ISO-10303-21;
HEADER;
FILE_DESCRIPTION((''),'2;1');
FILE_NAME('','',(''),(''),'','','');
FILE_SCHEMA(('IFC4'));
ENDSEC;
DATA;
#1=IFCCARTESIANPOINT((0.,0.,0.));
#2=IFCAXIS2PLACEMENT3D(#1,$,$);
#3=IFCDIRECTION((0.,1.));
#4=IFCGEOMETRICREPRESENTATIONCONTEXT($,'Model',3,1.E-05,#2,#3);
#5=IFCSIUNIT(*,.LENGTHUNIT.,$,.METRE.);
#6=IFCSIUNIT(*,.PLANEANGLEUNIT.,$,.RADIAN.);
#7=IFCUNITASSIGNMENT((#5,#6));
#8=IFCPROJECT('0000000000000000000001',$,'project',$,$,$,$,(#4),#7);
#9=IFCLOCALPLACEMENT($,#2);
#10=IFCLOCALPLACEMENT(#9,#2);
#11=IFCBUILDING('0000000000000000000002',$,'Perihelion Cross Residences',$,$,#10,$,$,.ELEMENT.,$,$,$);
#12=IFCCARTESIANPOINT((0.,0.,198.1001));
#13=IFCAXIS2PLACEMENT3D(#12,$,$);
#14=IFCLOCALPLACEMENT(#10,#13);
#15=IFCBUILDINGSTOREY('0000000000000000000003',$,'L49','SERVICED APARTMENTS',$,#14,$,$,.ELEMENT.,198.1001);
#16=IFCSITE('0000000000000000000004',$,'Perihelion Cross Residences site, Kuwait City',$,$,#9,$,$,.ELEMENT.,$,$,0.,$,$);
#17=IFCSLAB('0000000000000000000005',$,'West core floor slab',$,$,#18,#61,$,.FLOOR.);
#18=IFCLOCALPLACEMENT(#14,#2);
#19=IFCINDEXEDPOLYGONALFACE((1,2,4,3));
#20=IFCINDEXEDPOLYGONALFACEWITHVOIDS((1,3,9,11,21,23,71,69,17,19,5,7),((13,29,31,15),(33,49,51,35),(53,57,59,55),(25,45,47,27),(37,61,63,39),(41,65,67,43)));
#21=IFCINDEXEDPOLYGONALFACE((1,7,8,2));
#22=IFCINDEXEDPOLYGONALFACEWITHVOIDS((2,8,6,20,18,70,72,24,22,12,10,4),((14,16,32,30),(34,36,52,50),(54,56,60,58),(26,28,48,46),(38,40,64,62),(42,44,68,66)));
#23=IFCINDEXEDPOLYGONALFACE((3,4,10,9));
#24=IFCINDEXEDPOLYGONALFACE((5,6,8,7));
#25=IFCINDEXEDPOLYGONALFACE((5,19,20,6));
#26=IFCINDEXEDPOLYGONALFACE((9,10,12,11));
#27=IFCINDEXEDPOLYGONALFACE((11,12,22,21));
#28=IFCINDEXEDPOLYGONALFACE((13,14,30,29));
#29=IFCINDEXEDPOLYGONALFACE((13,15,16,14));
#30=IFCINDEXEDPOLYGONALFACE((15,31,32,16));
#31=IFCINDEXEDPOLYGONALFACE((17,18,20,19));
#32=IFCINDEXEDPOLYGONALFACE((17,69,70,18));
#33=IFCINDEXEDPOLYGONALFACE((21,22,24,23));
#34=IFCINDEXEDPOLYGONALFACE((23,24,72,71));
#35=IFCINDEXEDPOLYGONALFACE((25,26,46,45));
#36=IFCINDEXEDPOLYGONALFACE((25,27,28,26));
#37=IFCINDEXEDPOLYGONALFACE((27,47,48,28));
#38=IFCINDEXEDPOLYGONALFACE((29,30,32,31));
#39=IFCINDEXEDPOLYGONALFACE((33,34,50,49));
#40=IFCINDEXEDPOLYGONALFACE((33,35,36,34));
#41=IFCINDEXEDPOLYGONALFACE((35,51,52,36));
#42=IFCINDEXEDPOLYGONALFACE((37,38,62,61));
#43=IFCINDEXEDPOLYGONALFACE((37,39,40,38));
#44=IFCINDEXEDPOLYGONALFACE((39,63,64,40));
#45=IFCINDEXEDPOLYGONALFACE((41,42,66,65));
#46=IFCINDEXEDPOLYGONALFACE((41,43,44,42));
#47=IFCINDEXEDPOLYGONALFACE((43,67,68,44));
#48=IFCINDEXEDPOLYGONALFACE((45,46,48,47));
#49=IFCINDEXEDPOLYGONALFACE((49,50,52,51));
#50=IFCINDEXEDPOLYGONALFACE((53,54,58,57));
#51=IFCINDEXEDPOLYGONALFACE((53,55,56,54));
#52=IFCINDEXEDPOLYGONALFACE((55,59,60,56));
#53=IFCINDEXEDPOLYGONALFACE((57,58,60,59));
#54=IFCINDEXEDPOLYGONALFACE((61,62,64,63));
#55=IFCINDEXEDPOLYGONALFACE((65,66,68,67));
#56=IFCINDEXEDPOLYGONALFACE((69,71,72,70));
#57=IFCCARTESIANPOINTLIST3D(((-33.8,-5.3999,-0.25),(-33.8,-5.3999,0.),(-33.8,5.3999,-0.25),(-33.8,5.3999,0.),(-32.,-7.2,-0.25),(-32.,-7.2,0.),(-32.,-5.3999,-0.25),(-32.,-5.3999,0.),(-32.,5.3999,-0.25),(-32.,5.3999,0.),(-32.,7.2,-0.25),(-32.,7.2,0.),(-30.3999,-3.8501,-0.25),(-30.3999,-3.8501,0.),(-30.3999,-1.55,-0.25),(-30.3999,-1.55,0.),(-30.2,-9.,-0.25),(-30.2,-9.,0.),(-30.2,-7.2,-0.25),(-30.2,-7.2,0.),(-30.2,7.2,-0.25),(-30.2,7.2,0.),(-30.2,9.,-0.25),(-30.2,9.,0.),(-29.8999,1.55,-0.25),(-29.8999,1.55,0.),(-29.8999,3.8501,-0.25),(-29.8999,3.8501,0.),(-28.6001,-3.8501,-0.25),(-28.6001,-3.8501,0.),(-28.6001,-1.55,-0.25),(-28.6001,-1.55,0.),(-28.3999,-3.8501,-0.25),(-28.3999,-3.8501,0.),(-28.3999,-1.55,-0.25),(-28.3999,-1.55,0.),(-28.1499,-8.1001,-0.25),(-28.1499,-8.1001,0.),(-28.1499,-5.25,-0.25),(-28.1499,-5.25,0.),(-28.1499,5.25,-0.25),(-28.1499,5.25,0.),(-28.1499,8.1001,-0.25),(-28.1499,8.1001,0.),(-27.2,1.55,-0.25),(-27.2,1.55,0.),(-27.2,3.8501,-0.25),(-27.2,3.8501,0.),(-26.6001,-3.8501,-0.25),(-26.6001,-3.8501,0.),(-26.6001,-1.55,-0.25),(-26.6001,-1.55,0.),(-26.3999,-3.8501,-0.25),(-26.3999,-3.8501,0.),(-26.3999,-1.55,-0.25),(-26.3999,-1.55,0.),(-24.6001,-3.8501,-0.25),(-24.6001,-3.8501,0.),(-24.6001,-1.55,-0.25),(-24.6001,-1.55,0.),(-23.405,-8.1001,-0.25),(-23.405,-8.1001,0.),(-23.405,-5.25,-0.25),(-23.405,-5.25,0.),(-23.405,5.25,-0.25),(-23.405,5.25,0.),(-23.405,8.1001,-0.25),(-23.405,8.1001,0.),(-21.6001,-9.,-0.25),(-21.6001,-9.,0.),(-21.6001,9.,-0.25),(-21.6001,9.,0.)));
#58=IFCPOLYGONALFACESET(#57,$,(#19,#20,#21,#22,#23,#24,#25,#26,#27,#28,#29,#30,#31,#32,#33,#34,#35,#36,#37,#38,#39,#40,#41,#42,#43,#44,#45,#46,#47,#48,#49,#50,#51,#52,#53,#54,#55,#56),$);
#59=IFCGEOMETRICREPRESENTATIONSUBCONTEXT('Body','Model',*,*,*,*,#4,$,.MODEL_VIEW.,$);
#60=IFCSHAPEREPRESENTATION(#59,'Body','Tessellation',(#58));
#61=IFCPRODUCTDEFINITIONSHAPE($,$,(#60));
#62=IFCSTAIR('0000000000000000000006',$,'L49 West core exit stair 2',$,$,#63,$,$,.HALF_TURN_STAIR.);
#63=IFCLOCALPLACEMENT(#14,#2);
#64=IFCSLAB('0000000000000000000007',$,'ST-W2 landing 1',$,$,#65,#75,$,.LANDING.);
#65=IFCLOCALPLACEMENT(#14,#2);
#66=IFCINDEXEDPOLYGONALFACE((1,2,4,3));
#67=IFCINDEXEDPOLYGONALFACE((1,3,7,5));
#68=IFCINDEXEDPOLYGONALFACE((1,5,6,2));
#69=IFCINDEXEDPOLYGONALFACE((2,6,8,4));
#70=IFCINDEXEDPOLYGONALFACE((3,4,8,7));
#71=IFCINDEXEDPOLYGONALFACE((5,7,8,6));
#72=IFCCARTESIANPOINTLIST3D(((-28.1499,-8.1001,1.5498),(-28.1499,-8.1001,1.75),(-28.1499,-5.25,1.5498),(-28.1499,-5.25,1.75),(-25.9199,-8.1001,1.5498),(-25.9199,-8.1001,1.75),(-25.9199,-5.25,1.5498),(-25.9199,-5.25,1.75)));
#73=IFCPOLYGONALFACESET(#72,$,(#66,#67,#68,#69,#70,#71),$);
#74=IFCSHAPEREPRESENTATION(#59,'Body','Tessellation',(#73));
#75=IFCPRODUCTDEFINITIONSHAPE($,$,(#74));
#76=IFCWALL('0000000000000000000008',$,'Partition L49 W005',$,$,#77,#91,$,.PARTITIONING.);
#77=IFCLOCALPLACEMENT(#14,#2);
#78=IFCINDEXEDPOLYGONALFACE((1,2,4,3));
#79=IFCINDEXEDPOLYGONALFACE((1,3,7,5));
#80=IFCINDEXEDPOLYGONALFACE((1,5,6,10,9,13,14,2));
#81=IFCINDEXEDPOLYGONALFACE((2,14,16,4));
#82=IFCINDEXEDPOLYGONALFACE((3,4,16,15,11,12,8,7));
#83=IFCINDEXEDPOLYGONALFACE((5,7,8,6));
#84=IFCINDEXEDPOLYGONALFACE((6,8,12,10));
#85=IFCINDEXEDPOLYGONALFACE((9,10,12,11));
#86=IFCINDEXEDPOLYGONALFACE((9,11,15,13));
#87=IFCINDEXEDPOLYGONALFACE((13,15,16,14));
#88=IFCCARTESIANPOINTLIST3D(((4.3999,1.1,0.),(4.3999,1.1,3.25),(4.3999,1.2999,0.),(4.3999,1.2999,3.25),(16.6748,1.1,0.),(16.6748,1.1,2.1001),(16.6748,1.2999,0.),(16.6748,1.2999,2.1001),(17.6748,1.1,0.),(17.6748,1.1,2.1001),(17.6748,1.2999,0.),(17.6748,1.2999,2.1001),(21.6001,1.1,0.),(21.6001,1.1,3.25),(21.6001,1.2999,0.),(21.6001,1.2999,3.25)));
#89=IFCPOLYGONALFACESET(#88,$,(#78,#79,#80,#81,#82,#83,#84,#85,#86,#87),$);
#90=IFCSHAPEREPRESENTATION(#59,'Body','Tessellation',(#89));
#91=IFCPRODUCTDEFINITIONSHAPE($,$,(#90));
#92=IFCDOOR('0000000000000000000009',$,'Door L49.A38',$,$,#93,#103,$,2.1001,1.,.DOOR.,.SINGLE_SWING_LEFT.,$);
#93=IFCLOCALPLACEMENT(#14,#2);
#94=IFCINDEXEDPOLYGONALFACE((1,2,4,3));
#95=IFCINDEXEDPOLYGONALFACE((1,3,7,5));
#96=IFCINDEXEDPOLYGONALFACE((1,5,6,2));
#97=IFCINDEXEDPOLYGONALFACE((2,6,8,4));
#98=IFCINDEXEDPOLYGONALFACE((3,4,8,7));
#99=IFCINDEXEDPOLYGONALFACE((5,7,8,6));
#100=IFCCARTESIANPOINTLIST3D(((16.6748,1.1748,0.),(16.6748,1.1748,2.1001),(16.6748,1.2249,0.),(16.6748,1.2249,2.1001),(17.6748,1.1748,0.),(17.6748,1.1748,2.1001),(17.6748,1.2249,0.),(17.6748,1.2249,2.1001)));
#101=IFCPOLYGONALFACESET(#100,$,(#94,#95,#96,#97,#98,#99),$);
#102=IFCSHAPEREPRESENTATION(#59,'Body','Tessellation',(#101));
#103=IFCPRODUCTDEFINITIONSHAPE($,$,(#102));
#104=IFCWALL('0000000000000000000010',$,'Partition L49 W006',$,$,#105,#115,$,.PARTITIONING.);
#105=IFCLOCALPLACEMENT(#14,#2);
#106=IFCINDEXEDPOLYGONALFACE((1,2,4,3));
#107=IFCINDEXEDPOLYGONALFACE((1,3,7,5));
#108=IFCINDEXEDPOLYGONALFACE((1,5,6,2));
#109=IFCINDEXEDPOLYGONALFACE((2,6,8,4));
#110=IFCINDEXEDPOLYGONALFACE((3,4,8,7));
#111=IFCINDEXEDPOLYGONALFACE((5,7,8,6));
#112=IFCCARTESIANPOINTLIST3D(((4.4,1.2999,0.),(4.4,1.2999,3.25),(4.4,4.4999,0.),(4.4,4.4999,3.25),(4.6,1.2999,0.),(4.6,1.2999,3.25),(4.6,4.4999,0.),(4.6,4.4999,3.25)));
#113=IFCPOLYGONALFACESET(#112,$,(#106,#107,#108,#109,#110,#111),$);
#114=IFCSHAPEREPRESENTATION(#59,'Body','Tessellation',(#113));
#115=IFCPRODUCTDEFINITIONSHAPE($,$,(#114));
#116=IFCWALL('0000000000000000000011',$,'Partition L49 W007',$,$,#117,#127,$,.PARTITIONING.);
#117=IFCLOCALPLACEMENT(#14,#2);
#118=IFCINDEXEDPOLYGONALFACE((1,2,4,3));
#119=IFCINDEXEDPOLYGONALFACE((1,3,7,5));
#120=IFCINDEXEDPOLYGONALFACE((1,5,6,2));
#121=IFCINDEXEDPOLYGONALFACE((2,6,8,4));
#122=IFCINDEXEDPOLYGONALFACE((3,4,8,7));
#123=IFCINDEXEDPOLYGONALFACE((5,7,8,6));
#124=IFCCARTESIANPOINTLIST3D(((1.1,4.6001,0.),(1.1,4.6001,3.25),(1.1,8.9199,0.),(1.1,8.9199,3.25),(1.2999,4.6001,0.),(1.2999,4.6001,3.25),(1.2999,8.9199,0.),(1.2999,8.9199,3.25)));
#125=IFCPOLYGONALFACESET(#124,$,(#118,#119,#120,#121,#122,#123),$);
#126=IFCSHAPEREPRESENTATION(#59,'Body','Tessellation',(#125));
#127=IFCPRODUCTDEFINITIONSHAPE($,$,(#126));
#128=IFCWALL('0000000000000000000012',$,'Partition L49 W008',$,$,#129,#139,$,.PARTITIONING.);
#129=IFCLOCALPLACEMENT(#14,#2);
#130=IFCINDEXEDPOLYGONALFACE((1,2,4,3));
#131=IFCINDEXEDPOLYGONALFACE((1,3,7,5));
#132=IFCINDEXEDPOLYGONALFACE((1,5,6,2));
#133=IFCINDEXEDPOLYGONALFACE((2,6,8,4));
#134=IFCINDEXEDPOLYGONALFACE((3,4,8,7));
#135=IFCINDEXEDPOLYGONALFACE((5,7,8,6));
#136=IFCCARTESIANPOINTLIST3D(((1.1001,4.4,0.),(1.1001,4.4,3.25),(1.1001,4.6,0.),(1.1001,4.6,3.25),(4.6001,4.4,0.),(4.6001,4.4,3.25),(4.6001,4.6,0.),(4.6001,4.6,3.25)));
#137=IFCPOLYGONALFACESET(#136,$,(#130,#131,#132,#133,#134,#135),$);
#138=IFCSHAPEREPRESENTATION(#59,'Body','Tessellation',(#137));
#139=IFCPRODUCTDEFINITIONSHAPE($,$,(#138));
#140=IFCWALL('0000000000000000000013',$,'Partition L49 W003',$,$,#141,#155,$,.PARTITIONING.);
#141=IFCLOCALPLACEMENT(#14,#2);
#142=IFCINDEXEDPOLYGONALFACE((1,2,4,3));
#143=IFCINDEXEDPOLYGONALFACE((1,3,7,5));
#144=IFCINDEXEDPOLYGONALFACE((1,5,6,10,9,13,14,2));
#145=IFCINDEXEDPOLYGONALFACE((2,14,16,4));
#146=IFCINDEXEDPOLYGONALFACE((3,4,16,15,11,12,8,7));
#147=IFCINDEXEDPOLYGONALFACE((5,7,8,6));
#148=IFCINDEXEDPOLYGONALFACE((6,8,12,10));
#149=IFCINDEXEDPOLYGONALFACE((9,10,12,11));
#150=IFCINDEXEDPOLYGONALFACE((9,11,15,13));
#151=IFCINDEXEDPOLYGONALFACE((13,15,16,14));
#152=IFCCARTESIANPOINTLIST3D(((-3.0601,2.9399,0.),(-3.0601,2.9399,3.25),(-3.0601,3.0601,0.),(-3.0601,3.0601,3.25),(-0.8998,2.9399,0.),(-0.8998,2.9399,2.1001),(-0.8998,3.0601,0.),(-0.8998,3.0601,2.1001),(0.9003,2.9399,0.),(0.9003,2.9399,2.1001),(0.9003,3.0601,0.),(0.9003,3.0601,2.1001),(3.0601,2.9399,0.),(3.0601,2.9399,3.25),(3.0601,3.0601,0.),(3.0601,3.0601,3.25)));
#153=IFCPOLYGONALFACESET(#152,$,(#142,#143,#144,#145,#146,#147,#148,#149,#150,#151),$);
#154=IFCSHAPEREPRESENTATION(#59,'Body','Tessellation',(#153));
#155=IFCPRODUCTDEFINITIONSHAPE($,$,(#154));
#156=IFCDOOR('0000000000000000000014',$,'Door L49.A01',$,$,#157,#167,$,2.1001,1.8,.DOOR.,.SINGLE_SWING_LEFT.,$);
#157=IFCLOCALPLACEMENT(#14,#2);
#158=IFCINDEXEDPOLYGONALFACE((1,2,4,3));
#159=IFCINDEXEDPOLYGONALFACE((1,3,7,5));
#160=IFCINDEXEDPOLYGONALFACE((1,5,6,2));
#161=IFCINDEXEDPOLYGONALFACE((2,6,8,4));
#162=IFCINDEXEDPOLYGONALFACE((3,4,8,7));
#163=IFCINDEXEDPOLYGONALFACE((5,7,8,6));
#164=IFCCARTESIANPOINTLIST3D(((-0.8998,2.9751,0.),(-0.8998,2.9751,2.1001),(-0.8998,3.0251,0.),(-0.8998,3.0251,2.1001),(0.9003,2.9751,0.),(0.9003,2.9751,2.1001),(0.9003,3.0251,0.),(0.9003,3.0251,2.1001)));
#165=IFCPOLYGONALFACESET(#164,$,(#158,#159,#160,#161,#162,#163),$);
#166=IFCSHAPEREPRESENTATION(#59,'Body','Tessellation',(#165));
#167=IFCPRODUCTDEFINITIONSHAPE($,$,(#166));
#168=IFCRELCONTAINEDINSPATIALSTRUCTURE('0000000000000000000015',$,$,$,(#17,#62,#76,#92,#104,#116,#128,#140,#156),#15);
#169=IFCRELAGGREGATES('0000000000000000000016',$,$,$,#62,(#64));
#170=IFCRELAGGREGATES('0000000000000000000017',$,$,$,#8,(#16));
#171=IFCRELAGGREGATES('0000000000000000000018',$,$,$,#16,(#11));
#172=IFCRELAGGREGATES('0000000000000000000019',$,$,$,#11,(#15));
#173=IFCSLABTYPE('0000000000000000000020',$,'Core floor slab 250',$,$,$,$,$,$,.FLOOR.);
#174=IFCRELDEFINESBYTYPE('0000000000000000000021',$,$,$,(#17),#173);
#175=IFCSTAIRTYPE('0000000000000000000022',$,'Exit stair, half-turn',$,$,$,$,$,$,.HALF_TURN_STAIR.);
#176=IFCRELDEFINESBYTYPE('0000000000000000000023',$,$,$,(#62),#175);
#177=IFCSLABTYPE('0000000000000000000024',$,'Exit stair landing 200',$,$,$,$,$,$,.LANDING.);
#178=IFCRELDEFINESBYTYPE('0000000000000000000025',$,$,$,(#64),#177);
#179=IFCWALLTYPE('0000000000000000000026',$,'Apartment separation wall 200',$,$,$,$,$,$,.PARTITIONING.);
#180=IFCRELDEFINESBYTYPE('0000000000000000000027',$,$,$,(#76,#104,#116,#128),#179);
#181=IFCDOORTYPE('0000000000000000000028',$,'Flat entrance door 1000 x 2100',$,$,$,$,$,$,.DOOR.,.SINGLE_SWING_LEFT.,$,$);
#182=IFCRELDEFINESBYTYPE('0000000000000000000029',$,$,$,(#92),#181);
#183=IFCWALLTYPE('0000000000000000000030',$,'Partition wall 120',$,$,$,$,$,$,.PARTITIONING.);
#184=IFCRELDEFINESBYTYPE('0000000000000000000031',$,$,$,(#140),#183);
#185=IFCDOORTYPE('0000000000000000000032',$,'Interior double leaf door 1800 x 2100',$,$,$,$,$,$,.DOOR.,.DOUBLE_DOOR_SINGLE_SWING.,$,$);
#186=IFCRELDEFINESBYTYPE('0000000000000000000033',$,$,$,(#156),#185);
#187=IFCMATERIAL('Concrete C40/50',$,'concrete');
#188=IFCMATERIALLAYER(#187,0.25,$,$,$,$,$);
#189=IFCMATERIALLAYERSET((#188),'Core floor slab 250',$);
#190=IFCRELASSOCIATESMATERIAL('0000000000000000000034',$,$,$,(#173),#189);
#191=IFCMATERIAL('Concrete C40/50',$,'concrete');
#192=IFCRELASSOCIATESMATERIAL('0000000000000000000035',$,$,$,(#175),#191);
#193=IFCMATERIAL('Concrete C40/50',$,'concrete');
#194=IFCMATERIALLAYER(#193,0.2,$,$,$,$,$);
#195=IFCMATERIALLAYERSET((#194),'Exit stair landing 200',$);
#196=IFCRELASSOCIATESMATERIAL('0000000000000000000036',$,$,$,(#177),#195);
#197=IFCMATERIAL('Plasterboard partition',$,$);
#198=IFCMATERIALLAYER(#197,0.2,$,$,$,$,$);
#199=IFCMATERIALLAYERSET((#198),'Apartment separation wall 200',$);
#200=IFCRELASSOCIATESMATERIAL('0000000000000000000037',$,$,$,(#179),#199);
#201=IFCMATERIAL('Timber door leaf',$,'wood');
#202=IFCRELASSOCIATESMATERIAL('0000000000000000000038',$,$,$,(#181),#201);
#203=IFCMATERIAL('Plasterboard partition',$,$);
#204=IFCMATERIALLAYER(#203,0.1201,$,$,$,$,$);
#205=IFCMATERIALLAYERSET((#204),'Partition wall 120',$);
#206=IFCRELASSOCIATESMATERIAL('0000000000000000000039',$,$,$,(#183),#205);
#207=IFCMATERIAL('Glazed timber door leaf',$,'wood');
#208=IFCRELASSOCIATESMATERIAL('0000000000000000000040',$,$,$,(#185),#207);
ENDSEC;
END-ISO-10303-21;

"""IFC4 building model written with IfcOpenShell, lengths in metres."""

from ifc_helpers import new_model, si_unit, direction, frame, frame_2d, origin, place, context, subcontext, project, spatial, polyline, rectangle, outline, extrude, material, layer, layer_set, type_object, element, fill, aggregate, save


model = new_model("IFC4")

# Units and contexts
model_context = context("Model", 3, precision=1e-05, world=origin(), true_north=direction((0.0, 1.0)))
body_context = subcontext(model_context, "Body", "Model", "MODEL_VIEW")
ifc_project = project(units=[si_unit("LENGTHUNIT", "METRE"), si_unit("PLANEANGLEUNIT", "RADIAN")], contexts=[model_context])

# Site, building, storey
site_placement = place(None, origin())
site = spatial("IfcSite", under=ifc_project, at=site_placement, Name="Perihelion Cross Residences site, Kuwait City", CompositionType="ELEMENT", RefElevation=0.0)
building_placement = place(site_placement, origin())
building = spatial("IfcBuilding", under=site, at=building_placement, Name="Perihelion Cross Residences", CompositionType="ELEMENT")
storey_placement = place(building_placement, frame((0.0, 0.0, 198.1001)))
storey = spatial("IfcBuildingStorey", under=building, at=storey_placement, Name="L49", Description="SERVICED APARTMENTS", CompositionType="ELEMENT", Elevation=198.1001)

# Slab
ifc_material_1 = material(Name="Concrete C40/50", Category="concrete")
ifc_layer_1 = layer(ifc_material_1, 0.25)
ifc_layer_set_1 = layer_set([ifc_layer_1], Name="Core floor slab 250")
slab_type_1 = type_object("IfcSlabType", Name="Core floor slab 250", PredefinedType="FLOOR", material=ifc_layer_set_1)
slab_1_placement = place(storey_placement, frame((0.0, 0.0, -0.25)))
element("IfcSlab", 1, at=slab_1_placement, inside=storey, type_object=slab_type_1, Name="West core floor slab", PredefinedType="FLOOR", context=body_context, shape_type="SweptSolid", body=[
    extrude(outline(polyline([(-30.2, 7.2), (-32.0, 7.2), (-32.0, 5.3999), (-33.8, 5.3999), (-33.8, -5.3999), (-32.0, -5.3999), (-32.0, -7.2), (-30.2, -7.2), (-30.2, -9.0), (-21.6001, -9.0), (-21.6001, 9.0), (-30.2, 9.0), (-30.2, 7.2)]), holes=[polyline([(-28.1499, -8.1001), (-28.1499, -5.25), (-23.405, -5.25), (-23.405, -8.1001), (-28.1499, -8.1001)]), polyline([(-24.6001, -1.55), (-24.6001, -3.8501), (-26.3999, -3.8501), (-26.3999, -1.55), (-24.6001, -1.55)]), polyline([(-26.6001, -1.55), (-26.6001, -3.8501), (-28.3999, -3.8501), (-28.3999, -1.55), (-26.6001, -1.55)]), polyline([(-28.6001, -3.8501), (-30.3999, -3.8501), (-30.3999, -1.55), (-28.6001, -1.55), (-28.6001, -3.8501)]), polyline([(-27.2, 3.8501), (-27.2, 1.55), (-29.8999, 1.55), (-29.8999, 3.8501), (-27.2, 3.8501)]), polyline([(-23.405, 5.25), (-28.1499, 5.25), (-28.1499, 8.1001), (-23.405, 8.1001), (-23.405, 5.25)])]), origin(), (0.0, 0.0, 1.0), 0.25),
])

# Stair, slab
ifc_material_2 = material(Name="Concrete C40/50", Category="concrete")
stair_type = type_object("IfcStairType", Name="Exit stair, half-turn", PredefinedType="HALF_TURN_STAIR", material=ifc_material_2)
stair_placement = place(storey_placement, origin())
stair = element("IfcStair", 2, at=stair_placement, inside=storey, type_object=stair_type, Name="L49 West core exit stair 2", PredefinedType="HALF_TURN_STAIR")
ifc_material_3 = material(Name="Concrete C40/50", Category="concrete")
ifc_layer_2 = layer(ifc_material_3, 0.2)
ifc_layer_set_2 = layer_set([ifc_layer_2], Name="Exit stair landing 200")
slab_type_2 = type_object("IfcSlabType", Name="Exit stair landing 200", PredefinedType="LANDING", material=ifc_layer_set_2)
slab_2_placement = place(storey_placement, frame((0.0, 0.0, 1.5498)))
slab_2 = element("IfcSlab", 3, at=slab_2_placement, type_object=slab_type_2, Name="ST-W2 landing 1", PredefinedType="LANDING", context=body_context, shape_type="SweptSolid", body=[
    extrude(outline(polyline([(-25.9199, -5.25), (-28.1499, -5.25), (-28.1499, -8.1001), (-25.9199, -8.1001), (-25.9199, -5.25)])), origin(), (0.0, 0.0, 1.0), 0.2002),
])
aggregate(stair, [slab_2])

# Wall, opening, door
ifc_material_4 = material(Name="Plasterboard partition")
ifc_layer_3 = layer(ifc_material_4, 0.2)
ifc_layer_set_3 = layer_set([ifc_layer_3], Name="Apartment separation wall 200")
wall_type_1 = type_object("IfcWallType", Name="Apartment separation wall 200", PredefinedType="PARTITIONING", material=ifc_layer_set_3)
wall_1_placement = place(storey_placement, frame((4.3999, 1.2, 0.0), z_axis=(0.0, 0.0, 1.0), x_axis=(1.0, 0.0, 0.0)))
wall_1 = element("IfcWall", 4, at=wall_1_placement, inside=storey, type_object=wall_type_1, Name="Partition L49 W005", PredefinedType="PARTITIONING", context=body_context, shape_type="SweptSolid", body=[
    extrude(rectangle(XDim=17.2002, YDim=0.2, at=frame_2d((8.6001, 0.0))), origin(), (0.0, 0.0, 1.0), 3.25),
])
opening_1_placement = place(wall_1_placement, frame((12.2749, 0.0, 0.0)))
opening_1 = element("IfcOpeningElement", 5, at=opening_1_placement, cuts=wall_1, PredefinedType="OPENING", context=body_context, shape_type="SweptSolid", body=[
    extrude(rectangle(XDim=1.0, YDim=2.1001, at=frame_2d((0.5, 1.05))), frame((0.0, 0.1099, 0.0), z_axis=(0.0, -1.0, 0.0), x_axis=(1.0, 0.0, 0.0)), (0.0, 0.0, 1.0), 0.22),
])
ifc_material_5 = material(Name="Timber door leaf", Category="wood")
door_type_1 = type_object("IfcDoorType", Name="Flat entrance door 1000 x 2100", OperationType="SINGLE_SWING_LEFT", PredefinedType="DOOR", material=ifc_material_5)
door_1_placement = place(opening_1_placement, origin())
door_1 = element("IfcDoor", 6, at=door_1_placement, inside=storey, type_object=door_type_1, Name="Door L49.A38", OperationType="SINGLE_SWING_LEFT", OverallHeight=2.1001, OverallWidth=1.0, PredefinedType="DOOR", context=body_context, shape_type="SweptSolid", body=[
    extrude(rectangle(XDim=1.0, YDim=2.1001, at=frame_2d((0.5, 1.05))), frame((0.0, 0.0249, 0.0), z_axis=(0.0, -1.0, 0.0), x_axis=(1.0, 0.0, 0.0)), (0.0, 0.0, 1.0), 0.05),
])
fill(opening_1, door_1)

# Walls
wall_2_placement = place(storey_placement, frame((4.5, 4.5, 0.0), z_axis=(0.0, 0.0, 1.0), x_axis=(0.0, -1.0, 0.0)))
element("IfcWall", 7, at=wall_2_placement, inside=storey, type_object=wall_type_1, Name="Partition L49 W006", PredefinedType="PARTITIONING", context=body_context, shape_type="SweptSolid", body=[
    extrude(rectangle(XDim=3.2, YDim=0.2, at=frame_2d((1.6001, 0.0))), origin(), (0.0, 0.0, 1.0), 3.25),
])
wall_3_placement = place(storey_placement, frame((1.2, 8.9199, 0.0), z_axis=(0.0, 0.0, 1.0), x_axis=(0.0, -1.0, 0.0)))
element("IfcWall", 8, at=wall_3_placement, inside=storey, type_object=wall_type_1, Name="Partition L49 W007", PredefinedType="PARTITIONING", context=body_context, shape_type="SweptSolid", body=[
    extrude(rectangle(XDim=4.3198, YDim=0.2, at=frame_2d((2.1599, 0.0))), origin(), (0.0, 0.0, 1.0), 3.25),
])
wall_4_placement = place(storey_placement, frame((1.1001, 4.5, 0.0), z_axis=(0.0, 0.0, 1.0), x_axis=(1.0, 0.0, 0.0)))
element("IfcWall", 9, at=wall_4_placement, inside=storey, type_object=wall_type_1, Name="Partition L49 W008", PredefinedType="PARTITIONING", context=body_context, shape_type="SweptSolid", body=[
    extrude(rectangle(XDim=3.5, YDim=0.2, at=frame_2d((1.75, 0.0))), origin(), (0.0, 0.0, 1.0), 3.25),
])

# Wall, opening, door
ifc_material_6 = material(Name="Plasterboard partition")
ifc_layer_4 = layer(ifc_material_6, 0.1201)
ifc_layer_set_4 = layer_set([ifc_layer_4], Name="Partition wall 120")
wall_type_2 = type_object("IfcWallType", Name="Partition wall 120", PredefinedType="PARTITIONING", material=ifc_layer_set_4)
wall_5_placement = place(storey_placement, frame((3.0601, 3.0, 0.0), z_axis=(0.0, 0.0, 1.0), x_axis=(-1.0, 0.0, 0.0)))
wall_5 = element("IfcWall", 10, at=wall_5_placement, inside=storey, type_object=wall_type_2, Name="Partition L49 W003", PredefinedType="PARTITIONING", context=body_context, shape_type="SweptSolid", body=[
    extrude(rectangle(XDim=6.1201, YDim=0.1201, at=frame_2d((3.0601, 0.0))), origin(), (0.0, 0.0, 1.0), 3.25),
])
opening_2_placement = place(wall_5_placement, frame((2.1599, 0.0, 0.0)))
opening_2 = element("IfcOpeningElement", 11, at=opening_2_placement, cuts=wall_5, PredefinedType="OPENING", context=body_context, shape_type="SweptSolid", body=[
    extrude(rectangle(XDim=1.8, YDim=2.1001, at=frame_2d((0.8999, 1.05))), frame((0.0, 0.0701, 0.0), z_axis=(0.0, -1.0, 0.0), x_axis=(1.0, 0.0, 0.0)), (0.0, 0.0, 1.0), 0.1401),
])
ifc_material_7 = material(Name="Glazed timber door leaf", Category="wood")
door_type_2 = type_object("IfcDoorType", Name="Interior double leaf door 1800 x 2100", OperationType="DOUBLE_DOOR_SINGLE_SWING", PredefinedType="DOOR", material=ifc_material_7)
door_2_placement = place(opening_2_placement, origin())
door_2 = element("IfcDoor", 12, at=door_2_placement, inside=storey, type_object=door_type_2, Name="Door L49.A01", OperationType="SINGLE_SWING_LEFT", OverallHeight=2.1001, OverallWidth=1.8, PredefinedType="DOOR", context=body_context, shape_type="SweptSolid", body=[
    extrude(rectangle(XDim=1.8, YDim=2.1001, at=frame_2d((0.8999, 1.05))), frame((0.0, 0.0249, 0.0), z_axis=(0.0, -1.0, 0.0), x_axis=(1.0, 0.0, 0.0)), (0.0, 0.0, 1.0), 0.05),
])
fill(opening_2, door_2)

save(model, "model.ifc")
